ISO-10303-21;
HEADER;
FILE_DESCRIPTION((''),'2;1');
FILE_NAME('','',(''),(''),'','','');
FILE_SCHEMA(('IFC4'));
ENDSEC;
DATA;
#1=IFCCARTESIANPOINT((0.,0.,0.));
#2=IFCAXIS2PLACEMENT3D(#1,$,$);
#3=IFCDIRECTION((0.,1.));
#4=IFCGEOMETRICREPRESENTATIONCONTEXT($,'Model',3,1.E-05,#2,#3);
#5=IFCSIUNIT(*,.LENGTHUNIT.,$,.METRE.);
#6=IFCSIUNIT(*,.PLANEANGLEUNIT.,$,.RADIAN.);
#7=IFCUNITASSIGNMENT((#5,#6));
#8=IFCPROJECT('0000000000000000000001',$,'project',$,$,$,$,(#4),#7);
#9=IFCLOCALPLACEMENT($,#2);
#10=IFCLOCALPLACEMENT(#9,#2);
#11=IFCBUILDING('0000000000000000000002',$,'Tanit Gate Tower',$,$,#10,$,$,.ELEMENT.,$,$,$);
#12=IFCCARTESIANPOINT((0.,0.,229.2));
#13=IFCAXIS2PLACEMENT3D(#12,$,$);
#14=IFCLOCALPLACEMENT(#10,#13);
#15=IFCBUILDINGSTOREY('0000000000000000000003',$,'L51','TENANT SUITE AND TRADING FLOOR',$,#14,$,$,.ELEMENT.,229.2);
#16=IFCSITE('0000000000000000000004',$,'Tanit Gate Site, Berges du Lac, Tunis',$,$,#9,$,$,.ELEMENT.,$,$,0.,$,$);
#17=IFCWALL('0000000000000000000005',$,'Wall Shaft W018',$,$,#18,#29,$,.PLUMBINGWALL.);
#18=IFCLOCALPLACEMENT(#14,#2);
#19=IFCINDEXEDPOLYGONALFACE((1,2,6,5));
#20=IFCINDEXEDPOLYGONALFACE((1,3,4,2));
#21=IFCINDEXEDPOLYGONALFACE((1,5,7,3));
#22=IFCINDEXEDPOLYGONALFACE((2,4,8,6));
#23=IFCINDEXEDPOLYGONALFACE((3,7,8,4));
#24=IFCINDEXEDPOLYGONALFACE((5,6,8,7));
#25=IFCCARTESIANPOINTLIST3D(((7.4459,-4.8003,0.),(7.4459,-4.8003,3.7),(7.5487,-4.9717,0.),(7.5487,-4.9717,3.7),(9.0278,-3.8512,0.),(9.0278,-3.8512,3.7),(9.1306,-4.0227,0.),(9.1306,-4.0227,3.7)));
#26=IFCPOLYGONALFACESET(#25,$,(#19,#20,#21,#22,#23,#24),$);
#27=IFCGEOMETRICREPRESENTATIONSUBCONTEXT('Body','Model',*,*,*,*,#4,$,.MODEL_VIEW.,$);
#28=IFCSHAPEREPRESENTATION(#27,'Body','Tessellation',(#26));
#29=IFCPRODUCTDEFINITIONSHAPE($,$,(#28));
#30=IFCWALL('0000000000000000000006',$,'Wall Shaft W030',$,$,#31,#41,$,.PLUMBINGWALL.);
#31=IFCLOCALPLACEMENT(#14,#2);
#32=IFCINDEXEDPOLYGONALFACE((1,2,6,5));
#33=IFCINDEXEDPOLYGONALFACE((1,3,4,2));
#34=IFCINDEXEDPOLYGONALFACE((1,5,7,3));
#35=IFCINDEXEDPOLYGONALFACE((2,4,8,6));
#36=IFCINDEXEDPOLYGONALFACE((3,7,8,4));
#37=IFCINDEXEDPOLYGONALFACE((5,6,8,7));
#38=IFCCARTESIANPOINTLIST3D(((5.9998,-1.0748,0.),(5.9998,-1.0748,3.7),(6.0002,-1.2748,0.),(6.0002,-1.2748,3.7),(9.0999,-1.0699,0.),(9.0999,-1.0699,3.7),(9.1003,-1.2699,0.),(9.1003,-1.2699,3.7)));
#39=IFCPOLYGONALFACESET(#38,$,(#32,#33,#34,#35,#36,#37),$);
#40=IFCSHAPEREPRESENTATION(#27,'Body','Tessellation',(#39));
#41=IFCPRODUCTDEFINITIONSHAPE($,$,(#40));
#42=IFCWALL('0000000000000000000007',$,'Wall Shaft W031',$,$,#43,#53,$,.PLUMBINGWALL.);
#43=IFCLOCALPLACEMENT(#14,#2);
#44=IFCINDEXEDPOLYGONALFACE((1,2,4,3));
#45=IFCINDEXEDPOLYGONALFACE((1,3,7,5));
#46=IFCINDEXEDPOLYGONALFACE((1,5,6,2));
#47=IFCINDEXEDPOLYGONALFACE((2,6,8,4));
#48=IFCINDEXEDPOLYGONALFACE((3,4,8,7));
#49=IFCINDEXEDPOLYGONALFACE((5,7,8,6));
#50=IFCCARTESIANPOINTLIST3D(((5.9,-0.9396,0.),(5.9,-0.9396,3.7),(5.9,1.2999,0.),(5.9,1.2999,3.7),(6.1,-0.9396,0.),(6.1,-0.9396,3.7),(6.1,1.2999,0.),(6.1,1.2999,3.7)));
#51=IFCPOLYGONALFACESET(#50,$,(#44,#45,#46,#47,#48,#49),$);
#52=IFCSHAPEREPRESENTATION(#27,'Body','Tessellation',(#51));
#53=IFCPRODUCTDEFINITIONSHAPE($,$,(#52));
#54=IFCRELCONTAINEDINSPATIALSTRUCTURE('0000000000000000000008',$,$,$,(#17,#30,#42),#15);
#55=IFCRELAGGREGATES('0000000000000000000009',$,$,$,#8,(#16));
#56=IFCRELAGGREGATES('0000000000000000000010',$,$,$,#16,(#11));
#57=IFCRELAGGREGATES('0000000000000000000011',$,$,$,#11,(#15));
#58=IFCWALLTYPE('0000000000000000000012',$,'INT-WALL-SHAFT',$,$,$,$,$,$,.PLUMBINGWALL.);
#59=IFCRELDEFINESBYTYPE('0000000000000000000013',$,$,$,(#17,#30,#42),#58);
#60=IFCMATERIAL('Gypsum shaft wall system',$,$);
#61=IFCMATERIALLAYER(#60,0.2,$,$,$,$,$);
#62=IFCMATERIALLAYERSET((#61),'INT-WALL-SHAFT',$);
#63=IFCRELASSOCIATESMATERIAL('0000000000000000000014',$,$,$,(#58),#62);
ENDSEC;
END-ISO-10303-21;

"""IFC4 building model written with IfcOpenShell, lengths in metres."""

from ifc_helpers import new_model, si_unit, direction, frame, frame_2d, origin, place, context, subcontext, project, spatial, rectangle, extrude, material, layer, layer_set, type_object, element, save


model = new_model("IFC4")

# Units and contexts
model_context = context("Model", 3, precision=1e-05, world=origin(), true_north=direction((0.0, 1.0)))
body_context = subcontext(model_context, "Body", "Model", "MODEL_VIEW")
ifc_project = project(units=[si_unit("LENGTHUNIT", "METRE"), si_unit("PLANEANGLEUNIT", "RADIAN")], contexts=[model_context])

# Site, building, storey
site_placement = place(None, origin())
site = spatial("IfcSite", under=ifc_project, at=site_placement, Name="Tanit Gate Site, Berges du Lac, Tunis", CompositionType="ELEMENT", RefElevation=0.0)
building_placement = place(site_placement, origin())
building = spatial("IfcBuilding", under=site, at=building_placement, Name="Tanit Gate Tower", CompositionType="ELEMENT")
storey_placement = place(building_placement, frame((0.0, 0.0, 229.2)))
storey = spatial("IfcBuildingStorey", under=building, at=storey_placement, Name="L51", Description="TENANT SUITE AND TRADING FLOOR", CompositionType="ELEMENT", Elevation=229.2)

# Walls
ifc_material_1 = material(Name="Gypsum shaft wall system")
ifc_layer_1 = layer(ifc_material_1, 0.2)
ifc_layer_set_1 = layer_set([ifc_layer_1], Name="INT-WALL-SHAFT")
wall_type_1 = type_object("IfcWallType", Name="INT-WALL-SHAFT", PredefinedType="PLUMBINGWALL", material=ifc_layer_set_1)
wall_1_placement = place(storey_placement, frame((7.4973, -4.886, 0.0), z_axis=(0.0, 0.0, 1.0), x_axis=(0.857516, 0.514457, 0.0)))
element("IfcWall", 1, at=wall_1_placement, inside=storey, type_object=wall_type_1, Name="Wall Shaft W018", PredefinedType="PLUMBINGWALL", context=body_context, shape_type="SweptSolid", body=[
    extrude(rectangle(XDim=1.8447, YDim=0.2, at=frame_2d((0.9224, 0.0))), origin(), (0.0, 0.0, 1.0), 3.7),
])
wall_2_placement = place(storey_placement, frame((9.1001, -1.1699, 0.0), z_axis=(0.0, 0.0, 1.0), x_axis=(-0.999999, -0.001575, 0.0)))
element("IfcWall", 2, at=wall_2_placement, inside=storey, type_object=wall_type_1, Name="Wall Shaft W030", PredefinedType="PLUMBINGWALL", context=body_context, shape_type="SweptSolid", body=[
    extrude(rectangle(XDim=3.1001, YDim=0.2, at=frame_2d((1.55, 0.0))), origin(), (0.0, 0.0, 1.0), 3.7),
])
wall_3_placement = place(storey_placement, frame((6.0, -0.9395, 0.0), z_axis=(0.0, 0.0, 1.0), x_axis=(0.0, 1.0, 0.0)))
element("IfcWall", 3, at=wall_3_placement, inside=storey, type_object=wall_type_1, Name="Wall Shaft W031", PredefinedType="PLUMBINGWALL", context=body_context, shape_type="SweptSolid", body=[
    extrude(rectangle(XDim=2.2395, YDim=0.2, at=frame_2d((1.1196, 0.0))), origin(), (0.0, 0.0, 1.0), 3.7),
])

save(model, "model.ifc")
